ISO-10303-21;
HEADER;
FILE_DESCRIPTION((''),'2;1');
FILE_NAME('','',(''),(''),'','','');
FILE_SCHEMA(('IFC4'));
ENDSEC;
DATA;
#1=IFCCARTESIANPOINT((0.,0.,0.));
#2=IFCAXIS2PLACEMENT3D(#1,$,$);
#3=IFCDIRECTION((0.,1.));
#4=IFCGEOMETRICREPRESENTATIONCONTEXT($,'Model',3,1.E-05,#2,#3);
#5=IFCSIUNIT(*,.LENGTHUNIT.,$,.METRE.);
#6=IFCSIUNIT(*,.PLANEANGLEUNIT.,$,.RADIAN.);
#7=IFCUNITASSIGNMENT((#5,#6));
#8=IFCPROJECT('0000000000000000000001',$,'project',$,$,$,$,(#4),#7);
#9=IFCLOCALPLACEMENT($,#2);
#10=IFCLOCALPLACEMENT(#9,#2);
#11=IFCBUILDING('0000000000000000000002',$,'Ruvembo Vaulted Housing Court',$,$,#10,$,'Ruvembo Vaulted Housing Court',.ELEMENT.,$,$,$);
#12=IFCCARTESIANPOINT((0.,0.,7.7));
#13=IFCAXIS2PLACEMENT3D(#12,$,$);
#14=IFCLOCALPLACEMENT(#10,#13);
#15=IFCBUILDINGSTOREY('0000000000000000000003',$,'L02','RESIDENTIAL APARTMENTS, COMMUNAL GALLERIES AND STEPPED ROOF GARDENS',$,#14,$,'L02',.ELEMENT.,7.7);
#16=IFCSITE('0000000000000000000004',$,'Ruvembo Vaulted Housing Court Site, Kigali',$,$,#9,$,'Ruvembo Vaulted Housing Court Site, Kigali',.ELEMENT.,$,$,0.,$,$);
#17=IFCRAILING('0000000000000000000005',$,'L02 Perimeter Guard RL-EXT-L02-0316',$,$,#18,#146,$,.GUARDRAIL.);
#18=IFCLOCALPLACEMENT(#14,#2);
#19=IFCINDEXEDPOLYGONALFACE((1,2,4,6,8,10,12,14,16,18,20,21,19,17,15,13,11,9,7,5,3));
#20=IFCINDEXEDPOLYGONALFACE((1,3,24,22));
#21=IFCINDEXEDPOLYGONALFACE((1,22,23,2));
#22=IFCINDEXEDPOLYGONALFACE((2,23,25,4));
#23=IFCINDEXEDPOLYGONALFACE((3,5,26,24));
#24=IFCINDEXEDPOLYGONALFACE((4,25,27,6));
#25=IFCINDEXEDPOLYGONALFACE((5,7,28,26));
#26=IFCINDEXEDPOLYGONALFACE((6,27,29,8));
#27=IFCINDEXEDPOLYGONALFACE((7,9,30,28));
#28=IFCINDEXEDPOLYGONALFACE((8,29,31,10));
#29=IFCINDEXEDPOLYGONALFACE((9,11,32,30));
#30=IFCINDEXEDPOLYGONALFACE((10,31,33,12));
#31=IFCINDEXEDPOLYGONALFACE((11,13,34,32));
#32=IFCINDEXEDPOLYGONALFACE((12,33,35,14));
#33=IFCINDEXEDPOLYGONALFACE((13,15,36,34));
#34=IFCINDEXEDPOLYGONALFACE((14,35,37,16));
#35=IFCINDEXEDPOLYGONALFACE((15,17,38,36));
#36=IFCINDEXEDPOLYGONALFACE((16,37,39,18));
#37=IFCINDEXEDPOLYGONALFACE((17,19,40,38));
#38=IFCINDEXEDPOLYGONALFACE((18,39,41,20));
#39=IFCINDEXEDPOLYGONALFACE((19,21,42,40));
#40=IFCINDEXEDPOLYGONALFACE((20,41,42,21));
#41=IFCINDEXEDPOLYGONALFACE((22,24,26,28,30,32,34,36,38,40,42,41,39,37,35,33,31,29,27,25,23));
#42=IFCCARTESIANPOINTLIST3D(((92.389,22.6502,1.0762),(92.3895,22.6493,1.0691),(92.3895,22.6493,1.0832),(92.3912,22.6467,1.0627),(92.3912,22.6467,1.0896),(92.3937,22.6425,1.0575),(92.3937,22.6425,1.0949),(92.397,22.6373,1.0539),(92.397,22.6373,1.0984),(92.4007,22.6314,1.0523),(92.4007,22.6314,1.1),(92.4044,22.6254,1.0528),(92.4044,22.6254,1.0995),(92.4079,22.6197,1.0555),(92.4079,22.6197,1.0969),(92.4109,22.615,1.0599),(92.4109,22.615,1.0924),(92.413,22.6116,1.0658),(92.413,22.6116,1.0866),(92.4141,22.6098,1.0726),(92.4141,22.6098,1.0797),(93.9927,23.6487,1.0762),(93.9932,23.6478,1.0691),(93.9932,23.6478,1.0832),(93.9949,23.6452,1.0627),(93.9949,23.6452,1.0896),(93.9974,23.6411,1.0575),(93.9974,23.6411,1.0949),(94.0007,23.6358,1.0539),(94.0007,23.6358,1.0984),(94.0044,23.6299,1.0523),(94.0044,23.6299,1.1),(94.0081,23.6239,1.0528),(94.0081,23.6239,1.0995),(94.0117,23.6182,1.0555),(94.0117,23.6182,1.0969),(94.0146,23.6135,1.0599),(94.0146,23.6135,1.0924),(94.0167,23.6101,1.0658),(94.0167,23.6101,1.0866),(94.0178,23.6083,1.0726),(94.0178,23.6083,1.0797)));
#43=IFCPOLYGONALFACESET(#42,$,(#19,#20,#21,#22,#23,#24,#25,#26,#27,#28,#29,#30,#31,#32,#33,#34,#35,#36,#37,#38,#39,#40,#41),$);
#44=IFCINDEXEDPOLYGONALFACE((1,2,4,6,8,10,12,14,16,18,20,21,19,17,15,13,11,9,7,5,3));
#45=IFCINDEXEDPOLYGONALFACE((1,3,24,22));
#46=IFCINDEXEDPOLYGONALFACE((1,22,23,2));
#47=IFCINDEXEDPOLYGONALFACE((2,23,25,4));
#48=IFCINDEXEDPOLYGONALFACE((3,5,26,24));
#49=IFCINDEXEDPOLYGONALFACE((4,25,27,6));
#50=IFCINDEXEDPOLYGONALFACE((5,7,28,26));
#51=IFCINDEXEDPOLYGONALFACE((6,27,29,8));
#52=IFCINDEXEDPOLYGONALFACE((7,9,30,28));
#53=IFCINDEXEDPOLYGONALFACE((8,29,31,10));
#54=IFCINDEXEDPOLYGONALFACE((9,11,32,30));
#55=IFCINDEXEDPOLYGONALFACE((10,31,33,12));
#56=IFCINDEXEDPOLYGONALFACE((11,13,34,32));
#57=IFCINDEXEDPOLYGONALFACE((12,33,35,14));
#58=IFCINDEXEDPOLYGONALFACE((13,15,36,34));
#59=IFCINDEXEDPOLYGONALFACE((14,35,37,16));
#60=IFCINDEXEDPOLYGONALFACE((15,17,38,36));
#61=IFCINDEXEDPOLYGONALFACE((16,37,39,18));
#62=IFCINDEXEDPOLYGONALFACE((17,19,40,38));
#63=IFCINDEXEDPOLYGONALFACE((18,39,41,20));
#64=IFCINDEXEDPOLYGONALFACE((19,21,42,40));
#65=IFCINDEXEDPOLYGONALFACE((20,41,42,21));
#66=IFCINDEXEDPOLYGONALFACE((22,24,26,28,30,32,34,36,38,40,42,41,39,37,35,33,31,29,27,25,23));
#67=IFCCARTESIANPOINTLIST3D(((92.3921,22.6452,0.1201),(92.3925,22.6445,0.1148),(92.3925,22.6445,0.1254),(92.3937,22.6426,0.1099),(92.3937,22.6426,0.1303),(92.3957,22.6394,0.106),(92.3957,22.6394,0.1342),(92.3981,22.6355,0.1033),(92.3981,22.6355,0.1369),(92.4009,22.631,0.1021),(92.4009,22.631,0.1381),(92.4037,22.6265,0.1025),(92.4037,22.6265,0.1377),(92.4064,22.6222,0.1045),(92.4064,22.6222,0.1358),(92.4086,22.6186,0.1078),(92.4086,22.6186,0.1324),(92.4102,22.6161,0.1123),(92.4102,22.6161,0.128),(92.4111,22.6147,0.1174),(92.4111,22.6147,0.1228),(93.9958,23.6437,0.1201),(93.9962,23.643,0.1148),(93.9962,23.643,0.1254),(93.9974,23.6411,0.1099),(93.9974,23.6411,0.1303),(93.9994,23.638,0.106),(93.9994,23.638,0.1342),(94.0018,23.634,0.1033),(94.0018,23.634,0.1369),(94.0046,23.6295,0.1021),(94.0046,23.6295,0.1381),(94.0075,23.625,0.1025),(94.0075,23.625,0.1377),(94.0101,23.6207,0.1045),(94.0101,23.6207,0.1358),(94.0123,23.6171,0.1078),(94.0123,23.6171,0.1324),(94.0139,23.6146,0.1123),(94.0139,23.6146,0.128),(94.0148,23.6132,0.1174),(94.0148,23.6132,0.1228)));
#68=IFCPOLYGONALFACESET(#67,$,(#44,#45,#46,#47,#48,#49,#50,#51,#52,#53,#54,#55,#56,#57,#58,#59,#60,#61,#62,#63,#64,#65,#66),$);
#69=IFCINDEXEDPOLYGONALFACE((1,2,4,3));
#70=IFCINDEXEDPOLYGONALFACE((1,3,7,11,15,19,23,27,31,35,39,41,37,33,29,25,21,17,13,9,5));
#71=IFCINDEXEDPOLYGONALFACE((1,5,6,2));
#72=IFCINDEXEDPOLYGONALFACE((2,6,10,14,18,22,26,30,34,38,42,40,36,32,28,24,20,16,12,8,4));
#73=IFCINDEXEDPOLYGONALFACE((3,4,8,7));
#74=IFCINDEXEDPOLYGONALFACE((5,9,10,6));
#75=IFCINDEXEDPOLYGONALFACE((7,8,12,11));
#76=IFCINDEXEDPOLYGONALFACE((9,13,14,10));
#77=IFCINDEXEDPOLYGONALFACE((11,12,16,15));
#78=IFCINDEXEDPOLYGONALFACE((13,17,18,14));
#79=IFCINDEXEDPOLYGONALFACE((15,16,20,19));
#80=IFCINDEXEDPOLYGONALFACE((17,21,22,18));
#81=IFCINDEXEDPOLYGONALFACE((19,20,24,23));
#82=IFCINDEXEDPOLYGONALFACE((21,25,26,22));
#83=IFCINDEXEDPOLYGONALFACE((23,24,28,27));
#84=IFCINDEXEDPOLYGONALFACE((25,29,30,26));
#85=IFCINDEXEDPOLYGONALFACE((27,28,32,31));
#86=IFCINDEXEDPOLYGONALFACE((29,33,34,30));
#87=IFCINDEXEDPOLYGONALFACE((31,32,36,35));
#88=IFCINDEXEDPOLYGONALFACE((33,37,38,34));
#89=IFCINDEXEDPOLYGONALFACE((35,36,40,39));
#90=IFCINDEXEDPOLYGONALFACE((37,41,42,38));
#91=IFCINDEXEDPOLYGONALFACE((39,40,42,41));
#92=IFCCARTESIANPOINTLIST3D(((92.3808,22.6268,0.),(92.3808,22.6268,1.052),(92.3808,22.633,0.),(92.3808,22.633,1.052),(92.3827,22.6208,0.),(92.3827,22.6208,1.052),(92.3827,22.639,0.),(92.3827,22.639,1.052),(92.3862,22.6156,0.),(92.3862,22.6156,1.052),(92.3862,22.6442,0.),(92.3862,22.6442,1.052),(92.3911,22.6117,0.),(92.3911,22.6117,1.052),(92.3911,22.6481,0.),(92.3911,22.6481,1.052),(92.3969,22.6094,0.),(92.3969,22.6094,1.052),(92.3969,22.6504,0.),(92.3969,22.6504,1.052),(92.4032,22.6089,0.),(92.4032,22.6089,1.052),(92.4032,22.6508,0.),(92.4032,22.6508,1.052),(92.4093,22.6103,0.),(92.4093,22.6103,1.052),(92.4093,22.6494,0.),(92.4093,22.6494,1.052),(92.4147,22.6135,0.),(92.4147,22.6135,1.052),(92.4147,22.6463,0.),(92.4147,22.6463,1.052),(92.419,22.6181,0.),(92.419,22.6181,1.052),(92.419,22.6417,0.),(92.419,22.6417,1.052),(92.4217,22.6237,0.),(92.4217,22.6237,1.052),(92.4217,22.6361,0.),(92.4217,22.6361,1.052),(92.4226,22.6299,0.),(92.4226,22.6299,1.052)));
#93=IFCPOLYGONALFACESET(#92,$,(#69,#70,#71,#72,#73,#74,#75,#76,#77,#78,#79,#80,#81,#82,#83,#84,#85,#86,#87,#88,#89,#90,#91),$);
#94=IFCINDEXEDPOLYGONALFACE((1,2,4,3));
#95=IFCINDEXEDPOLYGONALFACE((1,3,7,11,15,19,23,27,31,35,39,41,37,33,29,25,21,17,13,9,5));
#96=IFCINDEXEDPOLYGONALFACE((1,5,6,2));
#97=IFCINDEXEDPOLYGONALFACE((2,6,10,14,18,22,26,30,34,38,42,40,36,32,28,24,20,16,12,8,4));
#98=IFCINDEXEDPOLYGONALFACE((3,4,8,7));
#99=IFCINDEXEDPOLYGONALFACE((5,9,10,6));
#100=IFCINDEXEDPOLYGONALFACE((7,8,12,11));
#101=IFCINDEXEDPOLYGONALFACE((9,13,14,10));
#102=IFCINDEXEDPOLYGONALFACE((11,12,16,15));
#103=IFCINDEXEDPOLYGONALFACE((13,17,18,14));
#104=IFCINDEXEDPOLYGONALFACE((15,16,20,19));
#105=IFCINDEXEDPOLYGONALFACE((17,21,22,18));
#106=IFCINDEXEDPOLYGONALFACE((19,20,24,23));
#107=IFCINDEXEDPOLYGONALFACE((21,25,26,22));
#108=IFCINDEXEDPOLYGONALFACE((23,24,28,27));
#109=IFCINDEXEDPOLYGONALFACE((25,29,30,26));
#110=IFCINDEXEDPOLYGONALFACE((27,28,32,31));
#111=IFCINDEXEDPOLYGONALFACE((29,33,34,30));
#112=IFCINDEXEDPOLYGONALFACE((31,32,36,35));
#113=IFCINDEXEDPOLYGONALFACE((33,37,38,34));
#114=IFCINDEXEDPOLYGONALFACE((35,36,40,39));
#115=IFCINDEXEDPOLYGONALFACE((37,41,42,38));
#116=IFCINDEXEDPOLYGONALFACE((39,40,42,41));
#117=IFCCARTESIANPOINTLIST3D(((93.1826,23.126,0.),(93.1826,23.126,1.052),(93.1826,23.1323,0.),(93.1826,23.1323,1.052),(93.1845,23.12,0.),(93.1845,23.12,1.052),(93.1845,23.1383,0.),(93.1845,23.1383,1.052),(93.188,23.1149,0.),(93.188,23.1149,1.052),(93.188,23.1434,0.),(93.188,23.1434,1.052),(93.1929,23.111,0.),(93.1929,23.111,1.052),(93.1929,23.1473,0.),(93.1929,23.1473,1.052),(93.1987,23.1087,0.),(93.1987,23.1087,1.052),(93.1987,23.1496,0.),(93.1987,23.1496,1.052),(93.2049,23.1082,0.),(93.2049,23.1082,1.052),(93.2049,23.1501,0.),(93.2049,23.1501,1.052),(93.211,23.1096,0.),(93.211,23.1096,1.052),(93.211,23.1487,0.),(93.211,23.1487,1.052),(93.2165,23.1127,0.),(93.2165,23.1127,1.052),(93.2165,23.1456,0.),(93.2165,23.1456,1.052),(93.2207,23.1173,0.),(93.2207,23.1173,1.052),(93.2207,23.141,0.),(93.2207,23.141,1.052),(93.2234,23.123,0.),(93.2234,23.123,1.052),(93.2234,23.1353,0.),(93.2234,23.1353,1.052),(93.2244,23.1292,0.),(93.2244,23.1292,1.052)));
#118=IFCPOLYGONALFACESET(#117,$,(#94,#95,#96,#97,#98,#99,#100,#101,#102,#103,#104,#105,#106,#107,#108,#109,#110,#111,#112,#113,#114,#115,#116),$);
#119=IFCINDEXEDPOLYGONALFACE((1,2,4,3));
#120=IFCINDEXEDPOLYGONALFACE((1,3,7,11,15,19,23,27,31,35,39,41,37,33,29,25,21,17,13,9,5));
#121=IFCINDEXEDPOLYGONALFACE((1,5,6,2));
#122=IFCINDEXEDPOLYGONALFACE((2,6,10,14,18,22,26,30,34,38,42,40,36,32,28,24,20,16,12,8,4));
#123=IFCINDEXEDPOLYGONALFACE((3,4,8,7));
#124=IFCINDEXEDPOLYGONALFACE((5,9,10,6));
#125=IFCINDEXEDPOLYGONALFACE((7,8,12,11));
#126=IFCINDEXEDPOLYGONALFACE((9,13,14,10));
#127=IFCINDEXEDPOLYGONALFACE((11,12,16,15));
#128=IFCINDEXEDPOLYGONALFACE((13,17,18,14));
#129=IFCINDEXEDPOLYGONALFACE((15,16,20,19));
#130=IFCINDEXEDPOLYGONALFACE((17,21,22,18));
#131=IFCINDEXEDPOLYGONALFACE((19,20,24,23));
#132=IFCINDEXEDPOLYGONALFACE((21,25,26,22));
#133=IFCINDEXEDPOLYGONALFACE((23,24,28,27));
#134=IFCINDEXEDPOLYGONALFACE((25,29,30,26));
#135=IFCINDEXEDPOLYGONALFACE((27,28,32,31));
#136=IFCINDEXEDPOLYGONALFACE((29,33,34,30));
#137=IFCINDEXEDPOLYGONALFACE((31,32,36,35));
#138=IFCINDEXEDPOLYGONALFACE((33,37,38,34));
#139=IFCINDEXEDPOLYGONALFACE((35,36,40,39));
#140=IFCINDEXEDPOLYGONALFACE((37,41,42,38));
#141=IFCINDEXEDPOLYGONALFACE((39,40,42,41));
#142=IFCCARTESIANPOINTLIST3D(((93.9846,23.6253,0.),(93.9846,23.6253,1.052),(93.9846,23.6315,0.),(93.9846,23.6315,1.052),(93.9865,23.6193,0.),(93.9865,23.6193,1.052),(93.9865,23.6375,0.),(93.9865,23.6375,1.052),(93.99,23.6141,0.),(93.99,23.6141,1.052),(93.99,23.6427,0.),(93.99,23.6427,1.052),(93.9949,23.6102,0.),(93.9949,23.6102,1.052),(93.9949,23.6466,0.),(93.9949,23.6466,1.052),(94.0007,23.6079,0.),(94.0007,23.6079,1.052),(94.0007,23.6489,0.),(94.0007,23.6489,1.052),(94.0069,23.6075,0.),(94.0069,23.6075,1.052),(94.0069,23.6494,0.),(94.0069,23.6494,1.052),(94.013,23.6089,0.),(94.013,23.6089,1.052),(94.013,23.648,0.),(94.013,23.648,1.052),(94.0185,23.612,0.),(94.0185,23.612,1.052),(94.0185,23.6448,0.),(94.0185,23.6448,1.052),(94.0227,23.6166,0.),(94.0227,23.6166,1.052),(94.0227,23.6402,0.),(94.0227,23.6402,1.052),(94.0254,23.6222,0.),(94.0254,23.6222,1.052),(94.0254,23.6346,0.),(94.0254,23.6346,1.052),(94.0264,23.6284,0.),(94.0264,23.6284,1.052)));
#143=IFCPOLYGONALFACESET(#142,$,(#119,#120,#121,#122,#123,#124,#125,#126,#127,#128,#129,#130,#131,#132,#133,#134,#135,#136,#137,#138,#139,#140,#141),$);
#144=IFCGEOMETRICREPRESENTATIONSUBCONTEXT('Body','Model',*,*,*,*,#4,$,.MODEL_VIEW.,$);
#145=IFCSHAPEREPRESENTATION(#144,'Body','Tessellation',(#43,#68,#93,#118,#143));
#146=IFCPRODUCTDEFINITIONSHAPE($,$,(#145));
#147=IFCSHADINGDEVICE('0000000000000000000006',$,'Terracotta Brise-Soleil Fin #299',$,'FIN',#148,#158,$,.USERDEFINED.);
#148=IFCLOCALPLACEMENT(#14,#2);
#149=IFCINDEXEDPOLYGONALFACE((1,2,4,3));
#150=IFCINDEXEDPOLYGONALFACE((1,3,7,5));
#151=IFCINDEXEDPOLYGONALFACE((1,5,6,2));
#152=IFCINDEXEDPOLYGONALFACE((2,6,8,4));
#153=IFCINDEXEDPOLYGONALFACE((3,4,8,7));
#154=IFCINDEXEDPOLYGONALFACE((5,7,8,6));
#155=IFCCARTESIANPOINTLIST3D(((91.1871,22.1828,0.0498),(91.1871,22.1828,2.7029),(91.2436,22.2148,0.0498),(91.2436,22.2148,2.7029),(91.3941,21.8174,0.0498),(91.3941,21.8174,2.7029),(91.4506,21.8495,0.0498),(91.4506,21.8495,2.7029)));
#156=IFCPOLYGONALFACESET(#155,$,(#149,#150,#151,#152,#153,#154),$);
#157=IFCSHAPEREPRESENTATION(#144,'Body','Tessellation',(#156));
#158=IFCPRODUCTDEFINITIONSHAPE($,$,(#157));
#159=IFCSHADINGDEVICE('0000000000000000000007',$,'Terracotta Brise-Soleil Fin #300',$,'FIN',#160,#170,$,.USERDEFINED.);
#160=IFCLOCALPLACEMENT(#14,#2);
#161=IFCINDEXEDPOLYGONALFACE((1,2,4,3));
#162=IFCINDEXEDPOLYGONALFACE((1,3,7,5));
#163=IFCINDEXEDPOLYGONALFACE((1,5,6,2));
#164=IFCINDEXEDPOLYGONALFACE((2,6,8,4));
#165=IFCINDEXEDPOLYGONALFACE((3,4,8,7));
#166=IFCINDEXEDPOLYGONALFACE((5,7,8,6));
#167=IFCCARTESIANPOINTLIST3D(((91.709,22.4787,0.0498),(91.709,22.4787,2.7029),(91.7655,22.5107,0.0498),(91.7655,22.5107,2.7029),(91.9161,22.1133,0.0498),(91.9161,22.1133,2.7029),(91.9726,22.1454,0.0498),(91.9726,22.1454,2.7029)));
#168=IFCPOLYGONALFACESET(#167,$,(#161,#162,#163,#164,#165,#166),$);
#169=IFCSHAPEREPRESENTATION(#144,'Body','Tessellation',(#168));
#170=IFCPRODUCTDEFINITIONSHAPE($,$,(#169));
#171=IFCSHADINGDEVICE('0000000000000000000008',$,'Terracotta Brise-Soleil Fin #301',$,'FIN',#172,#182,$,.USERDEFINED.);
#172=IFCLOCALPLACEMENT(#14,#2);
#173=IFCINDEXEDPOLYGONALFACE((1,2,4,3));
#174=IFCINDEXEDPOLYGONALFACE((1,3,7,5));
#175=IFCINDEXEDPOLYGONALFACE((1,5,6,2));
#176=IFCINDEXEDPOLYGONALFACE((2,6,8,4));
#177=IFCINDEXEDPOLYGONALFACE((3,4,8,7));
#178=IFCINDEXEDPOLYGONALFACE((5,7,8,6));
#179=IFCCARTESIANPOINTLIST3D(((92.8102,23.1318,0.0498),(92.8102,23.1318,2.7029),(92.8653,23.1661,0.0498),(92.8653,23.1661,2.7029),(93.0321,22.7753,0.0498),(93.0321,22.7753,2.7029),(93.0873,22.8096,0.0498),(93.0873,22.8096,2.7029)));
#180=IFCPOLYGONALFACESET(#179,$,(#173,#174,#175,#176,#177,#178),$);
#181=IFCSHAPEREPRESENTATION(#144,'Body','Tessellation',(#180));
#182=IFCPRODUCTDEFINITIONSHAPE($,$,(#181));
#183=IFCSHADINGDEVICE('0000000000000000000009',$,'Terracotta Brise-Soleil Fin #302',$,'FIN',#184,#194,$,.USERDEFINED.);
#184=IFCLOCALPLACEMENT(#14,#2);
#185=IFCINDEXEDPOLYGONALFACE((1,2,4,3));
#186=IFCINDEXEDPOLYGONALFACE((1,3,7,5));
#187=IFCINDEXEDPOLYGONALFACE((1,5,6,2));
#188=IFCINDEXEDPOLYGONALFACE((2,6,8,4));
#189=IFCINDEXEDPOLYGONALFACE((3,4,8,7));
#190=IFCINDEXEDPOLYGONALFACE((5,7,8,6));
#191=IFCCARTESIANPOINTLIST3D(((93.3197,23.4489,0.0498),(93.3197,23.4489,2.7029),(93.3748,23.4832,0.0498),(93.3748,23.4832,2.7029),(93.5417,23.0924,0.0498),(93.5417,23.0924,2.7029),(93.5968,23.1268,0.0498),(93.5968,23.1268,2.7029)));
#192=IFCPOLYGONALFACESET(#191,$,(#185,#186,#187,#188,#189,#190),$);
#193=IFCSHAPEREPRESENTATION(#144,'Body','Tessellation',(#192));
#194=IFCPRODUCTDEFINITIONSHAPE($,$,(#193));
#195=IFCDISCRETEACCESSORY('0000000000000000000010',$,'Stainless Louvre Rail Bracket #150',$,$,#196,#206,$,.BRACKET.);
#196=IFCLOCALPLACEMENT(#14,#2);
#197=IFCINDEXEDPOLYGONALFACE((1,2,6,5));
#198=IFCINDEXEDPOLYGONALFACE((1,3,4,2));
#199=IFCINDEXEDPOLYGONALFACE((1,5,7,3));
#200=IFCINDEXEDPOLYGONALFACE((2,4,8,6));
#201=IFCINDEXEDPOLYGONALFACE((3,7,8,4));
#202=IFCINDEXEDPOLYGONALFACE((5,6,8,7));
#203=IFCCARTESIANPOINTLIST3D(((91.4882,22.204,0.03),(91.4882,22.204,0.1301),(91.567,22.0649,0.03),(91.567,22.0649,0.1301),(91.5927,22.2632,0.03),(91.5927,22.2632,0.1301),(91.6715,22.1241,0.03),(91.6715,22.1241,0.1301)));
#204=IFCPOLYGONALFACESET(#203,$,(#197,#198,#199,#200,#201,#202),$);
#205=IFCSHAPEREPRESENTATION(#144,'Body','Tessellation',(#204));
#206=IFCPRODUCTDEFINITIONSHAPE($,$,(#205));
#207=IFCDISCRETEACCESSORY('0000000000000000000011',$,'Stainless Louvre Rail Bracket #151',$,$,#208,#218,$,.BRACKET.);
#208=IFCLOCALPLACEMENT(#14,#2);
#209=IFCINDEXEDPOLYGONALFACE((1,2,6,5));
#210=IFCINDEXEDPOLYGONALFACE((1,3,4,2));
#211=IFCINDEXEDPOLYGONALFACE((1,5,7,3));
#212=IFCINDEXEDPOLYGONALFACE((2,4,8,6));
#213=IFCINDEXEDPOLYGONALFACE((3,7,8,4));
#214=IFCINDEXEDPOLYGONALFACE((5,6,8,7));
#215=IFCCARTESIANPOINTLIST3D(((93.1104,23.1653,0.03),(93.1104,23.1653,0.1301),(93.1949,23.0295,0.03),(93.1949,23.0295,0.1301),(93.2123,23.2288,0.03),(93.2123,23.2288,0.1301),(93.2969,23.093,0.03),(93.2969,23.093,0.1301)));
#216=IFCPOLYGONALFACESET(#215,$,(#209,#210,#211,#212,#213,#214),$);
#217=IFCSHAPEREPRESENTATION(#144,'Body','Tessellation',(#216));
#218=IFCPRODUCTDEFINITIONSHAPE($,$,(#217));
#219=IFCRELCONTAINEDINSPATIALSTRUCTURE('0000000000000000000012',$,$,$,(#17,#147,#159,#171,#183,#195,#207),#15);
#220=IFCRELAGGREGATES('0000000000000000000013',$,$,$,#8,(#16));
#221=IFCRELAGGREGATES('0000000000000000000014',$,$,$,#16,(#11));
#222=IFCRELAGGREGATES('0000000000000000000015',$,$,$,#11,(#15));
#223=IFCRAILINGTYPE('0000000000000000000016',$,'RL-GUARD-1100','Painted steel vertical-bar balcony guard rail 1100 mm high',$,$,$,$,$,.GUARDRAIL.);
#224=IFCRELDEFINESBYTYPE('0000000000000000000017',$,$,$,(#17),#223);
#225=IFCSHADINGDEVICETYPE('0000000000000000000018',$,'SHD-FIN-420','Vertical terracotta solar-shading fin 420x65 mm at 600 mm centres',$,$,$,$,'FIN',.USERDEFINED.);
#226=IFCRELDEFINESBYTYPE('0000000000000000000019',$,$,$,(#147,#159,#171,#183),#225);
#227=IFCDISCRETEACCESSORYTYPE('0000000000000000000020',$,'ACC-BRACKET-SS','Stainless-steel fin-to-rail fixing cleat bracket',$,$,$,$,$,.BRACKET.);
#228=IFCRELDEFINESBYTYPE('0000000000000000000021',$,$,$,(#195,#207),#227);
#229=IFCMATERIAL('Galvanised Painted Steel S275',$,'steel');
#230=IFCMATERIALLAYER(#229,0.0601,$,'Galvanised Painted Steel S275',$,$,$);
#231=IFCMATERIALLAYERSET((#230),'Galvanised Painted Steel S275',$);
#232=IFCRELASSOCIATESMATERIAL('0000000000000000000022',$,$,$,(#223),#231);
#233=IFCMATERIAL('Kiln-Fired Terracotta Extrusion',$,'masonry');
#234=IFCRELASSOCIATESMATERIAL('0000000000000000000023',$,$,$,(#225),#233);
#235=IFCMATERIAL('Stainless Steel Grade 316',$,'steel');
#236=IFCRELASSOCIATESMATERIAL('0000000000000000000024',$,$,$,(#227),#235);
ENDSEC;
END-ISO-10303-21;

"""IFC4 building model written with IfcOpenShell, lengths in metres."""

from ifc_helpers import new_model, si_unit, direction, frame, origin, origin_2d, place, context, subcontext, project, spatial, rectangle, circle, extrude, material, layer, layer_set, type_object, element, save


model = new_model("IFC4")

# Units and contexts
model_context = context("Model", 3, precision=1e-05, world=origin(), true_north=direction((0.0, 1.0)))
body_context = subcontext(model_context, "Body", "Model", "MODEL_VIEW")
ifc_project = project(units=[si_unit("LENGTHUNIT", "METRE"), si_unit("PLANEANGLEUNIT", "RADIAN")], contexts=[model_context])

# Site, building, storey
site_placement = place(None, origin())
site = spatial("IfcSite", under=ifc_project, at=site_placement, Name="Ruvembo Vaulted Housing Court Site, Kigali", LongName="Ruvembo Vaulted Housing Court Site, Kigali", CompositionType="ELEMENT", RefElevation=0.0)
building_placement = place(site_placement, origin())
building = spatial("IfcBuilding", under=site, at=building_placement, Name="Ruvembo Vaulted Housing Court", LongName="Ruvembo Vaulted Housing Court", CompositionType="ELEMENT")
storey_placement = place(building_placement, frame((0.0, 0.0, 7.7)))
storey = spatial("IfcBuildingStorey", under=building, at=storey_placement, Name="L02", Description="RESIDENTIAL APARTMENTS, COMMUNAL GALLERIES AND STEPPED ROOF GARDENS", LongName="L02", CompositionType="ELEMENT", Elevation=7.7)

# Railing
ifc_material_1 = material(Name="Galvanised Painted Steel S275", Category="steel")
ifc_layer_1 = layer(ifc_material_1, 0.0601, Name="Galvanised Painted Steel S275")
ifc_layer_set_1 = layer_set([ifc_layer_1], Name="Galvanised Painted Steel S275")
railing_type = type_object("IfcRailingType", Name="RL-GUARD-1100", Description="Painted steel vertical-bar balcony guard rail 1100 mm high", PredefinedType="GUARDRAIL", material=ifc_layer_set_1)
railing_1_placement = place(storey_placement, frame((92.4016, 22.6299, 0.0)))
element("IfcRailing", 1, at=railing_1_placement, inside=storey, type_object=railing_type, Name="L02 Perimeter Guard RL-EXT-L02-0316", PredefinedType="GUARDRAIL", context=body_context, shape_type="SweptSolid", body=[
    extrude(circle(Radius=0.0239, at=origin_2d()), frame((0.0, 0.0, 1.0762), z_axis=(0.848905, 0.528546, 0.0), x_axis=(-0.528546, 0.848905, 0.0)), (0.0, 0.0, 1.0), 1.8892),
    extrude(circle(Radius=0.0181, at=origin_2d()), frame((0.0, 0.0, 0.1201), z_axis=(0.848905, 0.528546, 0.0), x_axis=(-0.528546, 0.848905, 0.0)), (0.0, 0.0, 1.0), 1.8892),
    extrude(circle(Radius=0.021, at=origin_2d()), origin(), (0.0, 0.0, 1.0), 1.052),
    extrude(circle(Radius=0.021, at=origin_2d()), frame((0.8018, 0.4993, 0.0)), (0.0, 0.0, 1.0), 1.052),
    extrude(circle(Radius=0.021, at=origin_2d()), frame((1.6038, 0.9985, 0.0)), (0.0, 0.0, 1.0), 1.052),
])

# Shading devices
ifc_material_2 = material(Name="Kiln-Fired Terracotta Extrusion", Category="masonry")
shading_device_type = type_object("IfcShadingDeviceType", Name="SHD-FIN-420", Description="Vertical terracotta solar-shading fin 420x65 mm at 600 mm centres", ElementType="FIN", PredefinedType="USERDEFINED", material=ifc_material_2)
for number, where, z_axis, x_axis, name in (
    (2, (91.3188, 22.0161, 0.0498), (0.0, 0.0, 1.0), (0.493107, -0.869969, 0.0), "Terracotta Brise-Soleil Fin #299"),
    (3, (91.8408, 22.312, 0.0498), (0.0, 0.0, 1.0), (0.493107, -0.869969, 0.0), "Terracotta Brise-Soleil Fin #300"),
    (4, (92.9487, 22.9707, 0.0498), (0.0, 0.0, 1.0), (0.528557, -0.848898, 0.0), "Terracotta Brise-Soleil Fin #301"),
    (5, (93.4583, 23.2878, 0.0498), (0.0, 0.0, 1.0), (0.528557, -0.848898, 0.0), "Terracotta Brise-Soleil Fin #302"),
):
    element("IfcShadingDevice", number, at=place(storey_placement, frame(where, z_axis=z_axis, x_axis=x_axis)), inside=storey, type_object=shading_device_type, Name=name, ObjectType="FIN", PredefinedType="USERDEFINED", context=body_context, shape_type="SweptSolid", body=[
        extrude(rectangle(XDim=0.4199, YDim=0.0649, at=origin_2d()), origin(), (0.0, 0.0, 1.0), 2.6531),
    ])

# Discrete accessories
ifc_material_3 = material(Name="Stainless Steel Grade 316", Category="steel")
discrete_accessory_type = type_object("IfcDiscreteAccessoryType", Name="ACC-BRACKET-SS", Description="Stainless-steel fin-to-rail fixing cleat bracket", PredefinedType="BRACKET", material=ifc_material_3)
for number, where, z_axis, x_axis, name in (
    (6, (91.5798, 22.1641, 0.03), (0.0, 0.0, 1.0), (0.493107, -0.869969, 0.0), "Stainless Louvre Rail Bracket #150"),
    (7, (93.2036, 23.1292, 0.03), (0.0, 0.0, 1.0), (0.528557, -0.848898, 0.0), "Stainless Louvre Rail Bracket #151"),
):
    element("IfcDiscreteAccessory", number, at=place(storey_placement, frame(where, z_axis=z_axis, x_axis=x_axis)), inside=storey, type_object=discrete_accessory_type, Name=name, PredefinedType="BRACKET", context=body_context, shape_type="SweptSolid", body=[
        extrude(rectangle(XDim=0.1599, YDim=0.1201, at=origin_2d()), origin(), (0.0, 0.0, 1.0), 0.1001),
    ])

save(model, "model.ifc")
